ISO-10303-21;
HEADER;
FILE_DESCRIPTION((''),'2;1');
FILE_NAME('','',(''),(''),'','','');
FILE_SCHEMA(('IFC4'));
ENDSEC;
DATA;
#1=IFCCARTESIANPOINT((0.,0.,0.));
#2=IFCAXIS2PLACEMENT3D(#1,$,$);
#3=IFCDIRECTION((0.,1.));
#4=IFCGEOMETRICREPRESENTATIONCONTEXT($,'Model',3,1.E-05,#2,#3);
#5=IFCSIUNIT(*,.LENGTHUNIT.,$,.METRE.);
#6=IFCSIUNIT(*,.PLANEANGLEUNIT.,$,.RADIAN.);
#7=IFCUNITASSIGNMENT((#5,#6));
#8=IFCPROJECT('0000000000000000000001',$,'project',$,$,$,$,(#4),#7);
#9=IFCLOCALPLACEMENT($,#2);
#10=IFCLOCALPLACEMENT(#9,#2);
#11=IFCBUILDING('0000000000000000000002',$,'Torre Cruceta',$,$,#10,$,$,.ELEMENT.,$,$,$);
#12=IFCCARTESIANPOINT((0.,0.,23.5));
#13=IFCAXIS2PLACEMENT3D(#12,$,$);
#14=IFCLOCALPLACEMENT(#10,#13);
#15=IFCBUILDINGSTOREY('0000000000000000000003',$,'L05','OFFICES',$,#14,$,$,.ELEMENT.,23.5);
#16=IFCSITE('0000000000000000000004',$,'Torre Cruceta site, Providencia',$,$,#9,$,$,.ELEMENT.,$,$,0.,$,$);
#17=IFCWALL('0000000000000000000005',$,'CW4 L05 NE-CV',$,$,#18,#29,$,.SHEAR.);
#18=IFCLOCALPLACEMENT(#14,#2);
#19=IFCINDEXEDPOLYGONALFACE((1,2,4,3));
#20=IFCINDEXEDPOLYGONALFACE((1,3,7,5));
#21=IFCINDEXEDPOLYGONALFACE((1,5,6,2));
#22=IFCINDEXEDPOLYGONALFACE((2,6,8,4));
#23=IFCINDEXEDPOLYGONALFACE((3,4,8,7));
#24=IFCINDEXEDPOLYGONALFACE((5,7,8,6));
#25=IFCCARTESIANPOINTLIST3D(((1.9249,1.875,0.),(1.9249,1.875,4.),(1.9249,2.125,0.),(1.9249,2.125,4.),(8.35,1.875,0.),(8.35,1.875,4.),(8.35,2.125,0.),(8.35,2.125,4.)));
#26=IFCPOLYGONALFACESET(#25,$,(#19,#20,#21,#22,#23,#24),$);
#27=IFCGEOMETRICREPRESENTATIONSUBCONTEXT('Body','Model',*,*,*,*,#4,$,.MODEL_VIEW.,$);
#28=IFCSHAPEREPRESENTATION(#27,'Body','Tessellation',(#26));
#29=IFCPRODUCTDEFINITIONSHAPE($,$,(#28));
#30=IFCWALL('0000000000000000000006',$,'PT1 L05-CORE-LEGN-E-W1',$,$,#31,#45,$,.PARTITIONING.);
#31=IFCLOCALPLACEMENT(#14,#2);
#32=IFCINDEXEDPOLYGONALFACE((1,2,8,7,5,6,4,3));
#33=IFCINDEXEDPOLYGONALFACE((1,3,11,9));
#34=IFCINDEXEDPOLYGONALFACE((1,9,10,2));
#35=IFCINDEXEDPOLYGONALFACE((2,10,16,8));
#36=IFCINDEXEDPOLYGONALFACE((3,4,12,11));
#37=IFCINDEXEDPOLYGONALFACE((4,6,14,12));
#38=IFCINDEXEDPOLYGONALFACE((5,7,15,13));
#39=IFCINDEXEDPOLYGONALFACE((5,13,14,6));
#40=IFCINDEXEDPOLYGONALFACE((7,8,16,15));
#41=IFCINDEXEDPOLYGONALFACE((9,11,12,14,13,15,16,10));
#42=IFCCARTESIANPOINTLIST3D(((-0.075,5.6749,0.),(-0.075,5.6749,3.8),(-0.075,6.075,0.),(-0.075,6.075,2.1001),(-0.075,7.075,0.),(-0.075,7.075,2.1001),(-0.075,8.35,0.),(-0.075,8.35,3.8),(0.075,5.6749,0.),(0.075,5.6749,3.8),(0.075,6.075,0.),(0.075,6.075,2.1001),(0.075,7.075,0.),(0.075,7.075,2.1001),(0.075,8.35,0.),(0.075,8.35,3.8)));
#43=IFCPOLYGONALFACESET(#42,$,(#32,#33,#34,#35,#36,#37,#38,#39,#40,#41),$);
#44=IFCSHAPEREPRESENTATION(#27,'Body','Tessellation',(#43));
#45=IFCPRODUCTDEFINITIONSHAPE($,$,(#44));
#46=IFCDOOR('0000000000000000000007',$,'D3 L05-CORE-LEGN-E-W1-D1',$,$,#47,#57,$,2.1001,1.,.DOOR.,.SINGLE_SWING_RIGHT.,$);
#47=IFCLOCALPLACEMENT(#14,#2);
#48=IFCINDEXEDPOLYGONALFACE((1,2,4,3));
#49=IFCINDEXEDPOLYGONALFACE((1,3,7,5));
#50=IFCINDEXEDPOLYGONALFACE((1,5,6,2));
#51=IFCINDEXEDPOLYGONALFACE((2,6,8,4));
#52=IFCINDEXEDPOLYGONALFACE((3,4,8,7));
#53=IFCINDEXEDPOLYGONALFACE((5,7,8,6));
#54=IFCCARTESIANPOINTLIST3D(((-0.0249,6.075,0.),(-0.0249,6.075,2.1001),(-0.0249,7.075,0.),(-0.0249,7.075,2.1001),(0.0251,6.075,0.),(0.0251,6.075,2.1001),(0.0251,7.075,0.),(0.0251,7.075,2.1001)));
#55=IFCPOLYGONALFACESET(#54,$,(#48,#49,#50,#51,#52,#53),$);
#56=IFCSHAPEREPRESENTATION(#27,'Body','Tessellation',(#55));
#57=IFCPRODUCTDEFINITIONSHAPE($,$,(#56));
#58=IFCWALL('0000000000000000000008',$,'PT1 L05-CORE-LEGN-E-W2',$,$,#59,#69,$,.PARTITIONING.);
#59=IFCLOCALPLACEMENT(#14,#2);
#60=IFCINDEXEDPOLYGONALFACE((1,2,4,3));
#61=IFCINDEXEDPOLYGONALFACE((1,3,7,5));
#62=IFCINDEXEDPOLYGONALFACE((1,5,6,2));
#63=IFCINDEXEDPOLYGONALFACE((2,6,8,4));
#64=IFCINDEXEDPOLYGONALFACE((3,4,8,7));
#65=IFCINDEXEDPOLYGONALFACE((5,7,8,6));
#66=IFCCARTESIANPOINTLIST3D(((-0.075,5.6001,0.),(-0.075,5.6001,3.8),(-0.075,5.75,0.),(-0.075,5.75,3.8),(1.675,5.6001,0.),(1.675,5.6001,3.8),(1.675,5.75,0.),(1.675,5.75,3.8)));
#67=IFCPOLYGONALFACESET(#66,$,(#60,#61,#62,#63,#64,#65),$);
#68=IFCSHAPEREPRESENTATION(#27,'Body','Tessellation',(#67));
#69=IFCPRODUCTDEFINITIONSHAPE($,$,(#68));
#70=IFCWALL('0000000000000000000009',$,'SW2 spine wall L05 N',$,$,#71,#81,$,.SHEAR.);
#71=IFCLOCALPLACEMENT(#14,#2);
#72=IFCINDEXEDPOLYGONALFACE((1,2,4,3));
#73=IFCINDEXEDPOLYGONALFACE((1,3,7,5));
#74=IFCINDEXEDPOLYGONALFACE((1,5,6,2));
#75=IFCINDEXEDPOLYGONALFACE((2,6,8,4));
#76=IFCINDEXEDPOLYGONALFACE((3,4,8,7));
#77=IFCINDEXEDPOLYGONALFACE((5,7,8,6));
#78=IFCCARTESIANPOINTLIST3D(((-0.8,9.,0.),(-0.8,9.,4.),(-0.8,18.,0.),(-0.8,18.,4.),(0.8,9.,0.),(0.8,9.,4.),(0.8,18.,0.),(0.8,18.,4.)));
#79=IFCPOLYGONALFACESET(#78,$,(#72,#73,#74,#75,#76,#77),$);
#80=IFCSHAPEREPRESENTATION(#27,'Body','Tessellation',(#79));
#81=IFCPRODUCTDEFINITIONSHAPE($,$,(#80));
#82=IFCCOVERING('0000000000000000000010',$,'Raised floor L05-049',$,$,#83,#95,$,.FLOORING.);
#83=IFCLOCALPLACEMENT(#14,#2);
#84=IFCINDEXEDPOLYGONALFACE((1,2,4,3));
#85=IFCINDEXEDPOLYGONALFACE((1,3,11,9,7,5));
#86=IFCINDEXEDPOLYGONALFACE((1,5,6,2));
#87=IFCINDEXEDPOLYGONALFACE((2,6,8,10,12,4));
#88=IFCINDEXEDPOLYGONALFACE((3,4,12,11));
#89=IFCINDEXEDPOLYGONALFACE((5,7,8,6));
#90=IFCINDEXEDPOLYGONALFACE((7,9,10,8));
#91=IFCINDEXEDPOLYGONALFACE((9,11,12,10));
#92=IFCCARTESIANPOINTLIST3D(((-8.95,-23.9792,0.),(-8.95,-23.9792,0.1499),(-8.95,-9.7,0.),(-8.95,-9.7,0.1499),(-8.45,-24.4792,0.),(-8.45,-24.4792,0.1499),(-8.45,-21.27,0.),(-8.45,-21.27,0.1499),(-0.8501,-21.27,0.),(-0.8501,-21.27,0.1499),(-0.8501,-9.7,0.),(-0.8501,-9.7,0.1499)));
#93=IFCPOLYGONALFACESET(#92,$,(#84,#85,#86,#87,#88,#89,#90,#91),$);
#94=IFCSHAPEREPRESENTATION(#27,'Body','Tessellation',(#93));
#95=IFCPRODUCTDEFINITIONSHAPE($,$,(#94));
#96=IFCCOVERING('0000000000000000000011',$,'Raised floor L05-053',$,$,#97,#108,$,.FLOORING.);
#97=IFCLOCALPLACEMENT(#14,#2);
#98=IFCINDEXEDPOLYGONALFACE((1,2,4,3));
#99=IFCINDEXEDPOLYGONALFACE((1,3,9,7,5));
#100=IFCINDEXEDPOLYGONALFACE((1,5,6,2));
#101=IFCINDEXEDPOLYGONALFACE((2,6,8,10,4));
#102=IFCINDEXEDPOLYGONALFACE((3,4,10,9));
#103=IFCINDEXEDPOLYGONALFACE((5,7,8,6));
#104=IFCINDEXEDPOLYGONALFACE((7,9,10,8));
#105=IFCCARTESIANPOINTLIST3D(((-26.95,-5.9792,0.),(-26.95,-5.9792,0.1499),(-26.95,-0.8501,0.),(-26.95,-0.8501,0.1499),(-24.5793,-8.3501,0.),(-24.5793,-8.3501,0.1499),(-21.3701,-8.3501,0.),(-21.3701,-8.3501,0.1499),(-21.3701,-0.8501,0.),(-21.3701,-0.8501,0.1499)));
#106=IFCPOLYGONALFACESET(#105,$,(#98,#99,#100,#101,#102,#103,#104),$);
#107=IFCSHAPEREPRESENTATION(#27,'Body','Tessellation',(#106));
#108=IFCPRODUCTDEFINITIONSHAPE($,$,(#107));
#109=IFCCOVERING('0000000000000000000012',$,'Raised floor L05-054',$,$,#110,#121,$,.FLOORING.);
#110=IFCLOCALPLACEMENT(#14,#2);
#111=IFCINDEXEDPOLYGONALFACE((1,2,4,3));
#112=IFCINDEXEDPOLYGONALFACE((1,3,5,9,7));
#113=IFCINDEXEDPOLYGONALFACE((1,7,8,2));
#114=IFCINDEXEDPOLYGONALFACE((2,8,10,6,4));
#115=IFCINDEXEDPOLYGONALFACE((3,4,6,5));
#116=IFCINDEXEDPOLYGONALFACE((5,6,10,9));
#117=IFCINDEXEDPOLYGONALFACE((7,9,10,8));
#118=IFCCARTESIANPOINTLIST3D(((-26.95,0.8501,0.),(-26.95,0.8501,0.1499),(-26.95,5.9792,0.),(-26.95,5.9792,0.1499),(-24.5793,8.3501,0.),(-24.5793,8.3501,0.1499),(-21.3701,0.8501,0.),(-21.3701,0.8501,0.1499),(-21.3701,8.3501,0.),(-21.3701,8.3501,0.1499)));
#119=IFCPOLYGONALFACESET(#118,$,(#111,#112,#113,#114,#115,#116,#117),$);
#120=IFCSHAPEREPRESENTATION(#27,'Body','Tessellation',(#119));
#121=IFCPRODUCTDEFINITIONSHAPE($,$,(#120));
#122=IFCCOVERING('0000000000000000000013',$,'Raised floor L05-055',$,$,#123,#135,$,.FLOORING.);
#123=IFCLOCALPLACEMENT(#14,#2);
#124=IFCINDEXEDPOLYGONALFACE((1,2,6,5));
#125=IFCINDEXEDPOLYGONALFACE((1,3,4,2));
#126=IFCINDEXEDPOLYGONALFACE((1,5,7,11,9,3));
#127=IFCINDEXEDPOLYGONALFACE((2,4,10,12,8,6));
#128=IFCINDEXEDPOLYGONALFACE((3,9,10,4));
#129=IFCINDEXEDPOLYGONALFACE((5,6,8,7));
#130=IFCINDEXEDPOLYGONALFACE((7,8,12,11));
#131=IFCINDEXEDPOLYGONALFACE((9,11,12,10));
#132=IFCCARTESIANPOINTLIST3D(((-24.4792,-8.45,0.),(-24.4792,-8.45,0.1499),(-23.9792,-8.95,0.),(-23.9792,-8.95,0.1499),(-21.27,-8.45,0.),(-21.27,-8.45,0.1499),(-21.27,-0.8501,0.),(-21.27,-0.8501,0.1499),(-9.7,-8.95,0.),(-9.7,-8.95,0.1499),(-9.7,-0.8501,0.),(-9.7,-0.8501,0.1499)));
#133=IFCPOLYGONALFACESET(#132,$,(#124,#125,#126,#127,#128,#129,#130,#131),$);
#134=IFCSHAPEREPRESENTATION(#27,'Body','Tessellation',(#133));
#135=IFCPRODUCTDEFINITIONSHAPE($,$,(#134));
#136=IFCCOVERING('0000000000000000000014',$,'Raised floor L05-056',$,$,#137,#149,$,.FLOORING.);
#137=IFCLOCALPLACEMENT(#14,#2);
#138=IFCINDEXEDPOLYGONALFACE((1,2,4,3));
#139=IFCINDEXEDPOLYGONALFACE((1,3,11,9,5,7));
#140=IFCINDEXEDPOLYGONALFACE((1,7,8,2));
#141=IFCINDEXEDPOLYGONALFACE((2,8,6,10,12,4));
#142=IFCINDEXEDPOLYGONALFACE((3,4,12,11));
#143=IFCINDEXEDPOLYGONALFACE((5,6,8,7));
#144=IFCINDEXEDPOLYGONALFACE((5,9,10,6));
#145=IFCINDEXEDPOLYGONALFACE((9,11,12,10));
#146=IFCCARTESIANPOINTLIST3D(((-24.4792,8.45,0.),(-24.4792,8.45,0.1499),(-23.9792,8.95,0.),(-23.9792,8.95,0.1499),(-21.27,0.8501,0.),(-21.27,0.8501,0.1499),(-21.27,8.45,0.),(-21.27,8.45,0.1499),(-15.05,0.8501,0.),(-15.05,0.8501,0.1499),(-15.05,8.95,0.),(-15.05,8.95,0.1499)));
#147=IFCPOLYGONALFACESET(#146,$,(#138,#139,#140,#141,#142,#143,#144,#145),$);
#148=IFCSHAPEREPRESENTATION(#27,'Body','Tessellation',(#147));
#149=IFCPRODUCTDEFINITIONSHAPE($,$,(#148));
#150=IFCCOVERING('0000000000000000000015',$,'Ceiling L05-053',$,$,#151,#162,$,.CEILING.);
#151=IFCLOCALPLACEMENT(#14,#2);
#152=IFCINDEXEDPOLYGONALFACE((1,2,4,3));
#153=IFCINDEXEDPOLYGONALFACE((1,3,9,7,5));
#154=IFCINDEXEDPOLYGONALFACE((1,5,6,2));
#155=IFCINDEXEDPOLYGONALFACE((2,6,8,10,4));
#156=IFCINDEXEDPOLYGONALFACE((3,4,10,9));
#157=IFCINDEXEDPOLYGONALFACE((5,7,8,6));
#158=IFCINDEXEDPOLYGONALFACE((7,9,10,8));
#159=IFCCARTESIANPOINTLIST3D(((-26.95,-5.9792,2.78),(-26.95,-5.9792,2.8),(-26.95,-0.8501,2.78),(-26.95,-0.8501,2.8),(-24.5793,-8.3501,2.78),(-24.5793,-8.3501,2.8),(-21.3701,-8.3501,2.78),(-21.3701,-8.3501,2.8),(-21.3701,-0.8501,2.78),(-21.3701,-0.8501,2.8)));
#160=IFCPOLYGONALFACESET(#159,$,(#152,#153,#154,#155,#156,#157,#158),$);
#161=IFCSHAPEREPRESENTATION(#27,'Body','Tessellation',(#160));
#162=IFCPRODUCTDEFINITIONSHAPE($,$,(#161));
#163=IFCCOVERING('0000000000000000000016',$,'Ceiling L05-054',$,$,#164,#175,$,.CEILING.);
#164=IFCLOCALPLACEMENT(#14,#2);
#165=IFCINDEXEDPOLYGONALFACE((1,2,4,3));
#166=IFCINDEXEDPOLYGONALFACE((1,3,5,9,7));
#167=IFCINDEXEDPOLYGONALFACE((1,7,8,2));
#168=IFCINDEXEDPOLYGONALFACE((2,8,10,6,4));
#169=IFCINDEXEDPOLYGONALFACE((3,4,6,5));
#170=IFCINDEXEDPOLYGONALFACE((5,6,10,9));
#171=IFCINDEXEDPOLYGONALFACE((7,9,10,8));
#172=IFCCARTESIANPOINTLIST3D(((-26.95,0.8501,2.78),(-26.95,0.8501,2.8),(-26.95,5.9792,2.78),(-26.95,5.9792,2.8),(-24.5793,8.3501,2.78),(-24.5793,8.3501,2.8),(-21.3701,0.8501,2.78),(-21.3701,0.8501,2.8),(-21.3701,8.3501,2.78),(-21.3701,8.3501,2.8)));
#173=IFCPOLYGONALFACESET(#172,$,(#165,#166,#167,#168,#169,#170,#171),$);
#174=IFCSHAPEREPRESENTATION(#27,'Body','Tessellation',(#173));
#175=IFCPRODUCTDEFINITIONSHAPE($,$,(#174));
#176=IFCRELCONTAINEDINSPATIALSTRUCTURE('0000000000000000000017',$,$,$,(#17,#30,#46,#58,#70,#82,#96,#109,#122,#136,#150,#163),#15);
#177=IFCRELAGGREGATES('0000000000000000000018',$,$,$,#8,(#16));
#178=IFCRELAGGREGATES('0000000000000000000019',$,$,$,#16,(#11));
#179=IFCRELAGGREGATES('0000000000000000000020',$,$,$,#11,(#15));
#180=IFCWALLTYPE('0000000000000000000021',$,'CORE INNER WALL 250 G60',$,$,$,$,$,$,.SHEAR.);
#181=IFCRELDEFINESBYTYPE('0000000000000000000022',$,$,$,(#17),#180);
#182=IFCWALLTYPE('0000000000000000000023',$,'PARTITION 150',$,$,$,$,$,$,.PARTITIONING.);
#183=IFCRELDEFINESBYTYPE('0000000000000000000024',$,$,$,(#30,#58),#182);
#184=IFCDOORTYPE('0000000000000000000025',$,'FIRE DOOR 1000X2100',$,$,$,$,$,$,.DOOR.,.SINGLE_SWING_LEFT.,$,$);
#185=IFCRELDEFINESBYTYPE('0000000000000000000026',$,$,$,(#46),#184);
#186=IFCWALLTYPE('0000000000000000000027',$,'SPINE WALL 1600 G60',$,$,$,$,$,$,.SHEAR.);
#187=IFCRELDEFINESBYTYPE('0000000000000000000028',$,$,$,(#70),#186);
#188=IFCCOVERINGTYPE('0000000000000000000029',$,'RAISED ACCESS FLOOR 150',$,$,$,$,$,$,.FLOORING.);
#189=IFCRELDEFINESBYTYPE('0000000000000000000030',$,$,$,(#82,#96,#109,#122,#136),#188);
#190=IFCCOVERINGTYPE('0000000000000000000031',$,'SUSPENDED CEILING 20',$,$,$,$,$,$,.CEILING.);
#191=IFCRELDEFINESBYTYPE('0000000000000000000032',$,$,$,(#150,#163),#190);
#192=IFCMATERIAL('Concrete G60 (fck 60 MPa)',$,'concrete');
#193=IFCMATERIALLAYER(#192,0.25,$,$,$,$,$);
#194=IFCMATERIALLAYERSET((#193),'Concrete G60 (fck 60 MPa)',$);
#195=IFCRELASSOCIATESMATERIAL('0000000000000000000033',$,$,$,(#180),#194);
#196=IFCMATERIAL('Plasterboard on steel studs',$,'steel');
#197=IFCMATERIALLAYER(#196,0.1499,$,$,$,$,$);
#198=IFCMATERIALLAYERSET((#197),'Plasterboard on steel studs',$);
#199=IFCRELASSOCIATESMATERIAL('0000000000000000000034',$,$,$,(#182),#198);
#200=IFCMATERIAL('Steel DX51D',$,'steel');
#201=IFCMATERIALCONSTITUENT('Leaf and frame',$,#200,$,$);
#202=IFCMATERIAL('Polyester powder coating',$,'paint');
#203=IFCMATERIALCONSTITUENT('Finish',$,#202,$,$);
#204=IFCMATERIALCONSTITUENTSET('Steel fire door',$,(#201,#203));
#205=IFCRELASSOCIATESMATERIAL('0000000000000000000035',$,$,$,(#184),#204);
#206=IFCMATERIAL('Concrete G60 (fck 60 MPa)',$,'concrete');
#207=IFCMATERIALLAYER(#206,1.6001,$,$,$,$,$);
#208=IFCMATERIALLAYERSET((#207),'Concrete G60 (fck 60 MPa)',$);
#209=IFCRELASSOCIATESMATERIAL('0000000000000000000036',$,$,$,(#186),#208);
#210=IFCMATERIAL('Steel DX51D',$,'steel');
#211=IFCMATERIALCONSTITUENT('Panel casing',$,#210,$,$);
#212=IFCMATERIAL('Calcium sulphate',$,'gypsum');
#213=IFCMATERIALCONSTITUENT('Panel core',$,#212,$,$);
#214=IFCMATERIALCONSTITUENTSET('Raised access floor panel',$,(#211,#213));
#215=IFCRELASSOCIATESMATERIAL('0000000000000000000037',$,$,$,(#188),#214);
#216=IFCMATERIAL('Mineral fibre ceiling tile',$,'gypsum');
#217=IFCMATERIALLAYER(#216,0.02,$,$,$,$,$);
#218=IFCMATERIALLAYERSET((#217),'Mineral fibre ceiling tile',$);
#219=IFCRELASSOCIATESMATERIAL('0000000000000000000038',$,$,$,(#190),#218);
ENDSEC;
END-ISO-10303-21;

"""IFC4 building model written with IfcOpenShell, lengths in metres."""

from ifc_helpers import new_model, si_unit, direction, frame, frame_2d, origin, place, context, subcontext, project, spatial, polyline, rectangle, outline, extrude, material, layer, layer_set, constituent, constituent_set, type_object, element, fill, save


model = new_model("IFC4")

# Units and contexts
model_context = context("Model", 3, precision=1e-05, world=origin(), true_north=direction((0.0, 1.0)))
body_context = subcontext(model_context, "Body", "Model", "MODEL_VIEW")
ifc_project = project(units=[si_unit("LENGTHUNIT", "METRE"), si_unit("PLANEANGLEUNIT", "RADIAN")], contexts=[model_context])

# Site, building, storey
site_placement = place(None, origin())
site = spatial("IfcSite", under=ifc_project, at=site_placement, Name="Torre Cruceta site, Providencia", CompositionType="ELEMENT", RefElevation=0.0)
building_placement = place(site_placement, origin())
building = spatial("IfcBuilding", under=site, at=building_placement, Name="Torre Cruceta", CompositionType="ELEMENT")
storey_placement = place(building_placement, frame((0.0, 0.0, 23.5)))
storey = spatial("IfcBuildingStorey", under=building, at=storey_placement, Name="L05", Description="OFFICES", CompositionType="ELEMENT", Elevation=23.5)

# Shared definitions
ifc_material_1 = material(Name="Concrete G60 (fck 60 MPa)", Category="concrete")
ifc_layer_1 = layer(ifc_material_1, 0.25)
ifc_layer_set_1 = layer_set([ifc_layer_1], Name="Concrete G60 (fck 60 MPa)")
wall_type_1 = type_object("IfcWallType", Name="CORE INNER WALL 250 G60", PredefinedType="SHEAR", material=ifc_layer_set_1)

# Wall
wall_1_placement = place(storey_placement, frame((1.925, 2.0, 0.0), z_axis=(0.0, 0.0, 1.0), x_axis=(1.0, 0.0, 0.0)))
element("IfcWall", 1, at=wall_1_placement, inside=storey, type_object=wall_type_1, Name="CW4 L05 NE-CV", PredefinedType="SHEAR", context=body_context, shape_type="SweptSolid", body=[
    extrude(rectangle(XDim=6.425, YDim=0.25, at=frame_2d((3.2124, 0.0))), origin(), (0.0, 0.0, 1.0), 4.0),
])

# Wall, opening, door
ifc_material_2 = material(Name="Plasterboard on steel studs", Category="steel")
ifc_layer_2 = layer(ifc_material_2, 0.1499)
ifc_layer_set_2 = layer_set([ifc_layer_2], Name="Plasterboard on steel studs")
wall_type_2 = type_object("IfcWallType", Name="PARTITION 150", PredefinedType="PARTITIONING", material=ifc_layer_set_2)
wall_2_placement = place(storey_placement, frame((0.0, 5.675, 0.0), z_axis=(0.0, 0.0, 1.0), x_axis=(0.0, 1.0, 0.0)))
wall_2 = element("IfcWall", 2, at=wall_2_placement, inside=storey, type_object=wall_type_2, Name="PT1 L05-CORE-LEGN-E-W1", PredefinedType="PARTITIONING", context=body_context, shape_type="SweptSolid", body=[
    extrude(rectangle(XDim=2.675, YDim=0.1499, at=frame_2d((1.3374, 0.0))), origin(), (0.0, 0.0, 1.0), 3.8),
])
opening_1_placement = place(wall_2_placement, frame((0.3999, 0.0, 0.0)))
opening_1 = element("IfcOpeningElement", 3, at=opening_1_placement, cuts=wall_2, PredefinedType="OPENING", context=body_context, shape_type="SweptSolid", body=[
    extrude(rectangle(XDim=1.0, YDim=2.1001, at=frame_2d((0.5, 1.05))), frame((0.0, 0.085, 0.0), z_axis=(0.0, -1.0, 0.0), x_axis=(1.0, 0.0, 0.0)), (0.0, 0.0, 1.0), 0.1699),
])
ifc_material_3 = material(Name="Steel DX51D", Category="steel")
ifc_constituent_1 = constituent(ifc_material_3, Name="Leaf and frame")
ifc_material_4 = material(Name="Polyester powder coating", Category="paint")
ifc_constituent_2 = constituent(ifc_material_4, Name="Finish")
ifc_constituent_set_1 = constituent_set(constituents=[ifc_constituent_1, ifc_constituent_2], Name="Steel fire door")
door_type_1 = type_object("IfcDoorType", Name="FIRE DOOR 1000X2100", OperationType="SINGLE_SWING_LEFT", PredefinedType="DOOR", material=ifc_constituent_set_1)
door_1_placement = place(opening_1_placement, frame((1.0, 0.0, 0.0), z_axis=(0.0, 0.0, 1.0), x_axis=(-1.0, 0.0, 0.0)))
door_1 = element("IfcDoor", 4, at=door_1_placement, inside=storey, type_object=door_type_1, Name="D3 L05-CORE-LEGN-E-W1-D1", OperationType="SINGLE_SWING_RIGHT", OverallHeight=2.1001, OverallWidth=1.0, PredefinedType="DOOR", context=body_context, shape_type="SweptSolid", body=[
    extrude(rectangle(XDim=1.0, YDim=2.1001, at=frame_2d((0.5, 1.05))), frame((0.0, 0.0251, 0.0), z_axis=(0.0, -1.0, 0.0), x_axis=(1.0, 0.0, 0.0)), (0.0, 0.0, 1.0), 0.05),
])
fill(opening_1, door_1)

# Walls
wall_3_placement = place(storey_placement, frame((1.675, 5.675, 0.0), z_axis=(0.0, 0.0, 1.0), x_axis=(-1.0, 0.0, 0.0)))
element("IfcWall", 5, at=wall_3_placement, inside=storey, type_object=wall_type_2, Name="PT1 L05-CORE-LEGN-E-W2", PredefinedType="PARTITIONING", context=body_context, shape_type="SweptSolid", body=[
    extrude(rectangle(XDim=1.75, YDim=0.1499, at=frame_2d((0.875, 0.0))), origin(), (0.0, 0.0, 1.0), 3.8),
])
ifc_material_5 = material(Name="Concrete G60 (fck 60 MPa)", Category="concrete")
ifc_layer_3 = layer(ifc_material_5, 1.6001)
ifc_layer_set_3 = layer_set([ifc_layer_3], Name="Concrete G60 (fck 60 MPa)")
wall_type_3 = type_object("IfcWallType", Name="SPINE WALL 1600 G60", PredefinedType="SHEAR", material=ifc_layer_set_3)
wall_4_placement = place(storey_placement, frame((0.0, 9.0, 0.0), z_axis=(0.0, 0.0, 1.0), x_axis=(0.0, 1.0, 0.0)))
element("IfcWall", 6, at=wall_4_placement, inside=storey, type_object=wall_type_3, Name="SW2 spine wall L05 N", PredefinedType="SHEAR", context=body_context, shape_type="SweptSolid", body=[
    extrude(rectangle(XDim=9.0, YDim=1.6001, at=frame_2d((4.5, 0.0))), origin(), (0.0, 0.0, 1.0), 4.0),
])

# Coverings
ifc_material_6 = material(Name="Steel DX51D", Category="steel")
ifc_constituent_3 = constituent(ifc_material_6, Name="Panel casing")
ifc_material_7 = material(Name="Calcium sulphate", Category="gypsum")
ifc_constituent_4 = constituent(ifc_material_7, Name="Panel core")
ifc_constituent_set_2 = constituent_set(constituents=[ifc_constituent_3, ifc_constituent_4], Name="Raised access floor panel")
covering_type_1 = type_object("IfcCoveringType", Name="RAISED ACCESS FLOOR 150", PredefinedType="FLOORING", material=ifc_constituent_set_2)
covering_1_placement = place(storey_placement, origin())
element("IfcCovering", 7, at=covering_1_placement, inside=storey, type_object=covering_type_1, Name="Raised floor L05-049", PredefinedType="FLOORING", context=body_context, shape_type="SweptSolid", body=[
    extrude(outline(polyline([(-8.45, -21.27), (-8.45, -24.4792), (-8.95, -23.9792), (-8.95, -9.7), (-0.8501, -9.7), (-0.8501, -21.27), (-8.45, -21.27)])), origin(), (0.0, 0.0, 1.0), 0.1499),
])
covering_2_placement = place(storey_placement, origin())
element("IfcCovering", 8, at=covering_2_placement, inside=storey, type_object=covering_type_1, Name="Raised floor L05-053", PredefinedType="FLOORING", context=body_context, shape_type="SweptSolid", body=[
    extrude(outline(polyline([(-26.95, -0.8501), (-21.3701, -0.8501), (-21.3701, -8.3501), (-24.5793, -8.3501), (-26.95, -5.9792), (-26.95, -0.8501)])), origin(), (0.0, 0.0, 1.0), 0.1499),
])
covering_3_placement = place(storey_placement, origin())
element("IfcCovering", 9, at=covering_3_placement, inside=storey, type_object=covering_type_1, Name="Raised floor L05-054", PredefinedType="FLOORING", context=body_context, shape_type="SweptSolid", body=[
    extrude(outline(polyline([(-24.5793, 8.3501), (-21.3701, 8.3501), (-21.3701, 0.8501), (-26.95, 0.8501), (-26.95, 5.9792), (-24.5793, 8.3501)])), origin(), (0.0, 0.0, 1.0), 0.1499),
])
covering_4_placement = place(storey_placement, origin())
element("IfcCovering", 10, at=covering_4_placement, inside=storey, type_object=covering_type_1, Name="Raised floor L05-055", PredefinedType="FLOORING", context=body_context, shape_type="SweptSolid", body=[
    extrude(outline(polyline([(-21.27, -8.45), (-21.27, -0.8501), (-9.7, -0.8501), (-9.7, -8.95), (-23.9792, -8.95), (-24.4792, -8.45), (-21.27, -8.45)])), origin(), (0.0, 0.0, 1.0), 0.1499),
])
covering_5_placement = place(storey_placement, origin())
element("IfcCovering", 11, at=covering_5_placement, inside=storey, type_object=covering_type_1, Name="Raised floor L05-056", PredefinedType="FLOORING", context=body_context, shape_type="SweptSolid", body=[
    extrude(outline(polyline([(-21.27, 8.45), (-24.4792, 8.45), (-23.9792, 8.95), (-15.05, 8.95), (-15.05, 0.8501), (-21.27, 0.8501), (-21.27, 8.45)])), origin(), (0.0, 0.0, 1.0), 0.1499),
])
ifc_material_8 = material(Name="Mineral fibre ceiling tile", Category="gypsum")
ifc_layer_4 = layer(ifc_material_8, 0.02)
ifc_layer_set_4 = layer_set([ifc_layer_4], Name="Mineral fibre ceiling tile")
covering_type_2 = type_object("IfcCoveringType", Name="SUSPENDED CEILING 20", PredefinedType="CEILING", material=ifc_layer_set_4)
covering_6_placement = place(storey_placement, frame((0.0, 0.0, 2.78)))
element("IfcCovering", 12, at=covering_6_placement, inside=storey, type_object=covering_type_2, Name="Ceiling L05-053", PredefinedType="CEILING", context=body_context, shape_type="SweptSolid", body=[
    extrude(outline(polyline([(-26.95, -0.8501), (-21.3701, -0.8501), (-21.3701, -8.3501), (-24.5793, -8.3501), (-26.95, -5.9792), (-26.95, -0.8501)])), origin(), (0.0, 0.0, 1.0), 0.02),
])
covering_7_placement = place(storey_placement, frame((0.0, 0.0, 2.78)))
element("IfcCovering", 13, at=covering_7_placement, inside=storey, type_object=covering_type_2, Name="Ceiling L05-054", PredefinedType="CEILING", context=body_context, shape_type="SweptSolid", body=[
    extrude(outline(polyline([(-24.5793, 8.3501), (-21.3701, 8.3501), (-21.3701, 0.8501), (-26.95, 0.8501), (-26.95, 5.9792), (-24.5793, 8.3501)])), origin(), (0.0, 0.0, 1.0), 0.02),
])

save(model, "model.ifc")
